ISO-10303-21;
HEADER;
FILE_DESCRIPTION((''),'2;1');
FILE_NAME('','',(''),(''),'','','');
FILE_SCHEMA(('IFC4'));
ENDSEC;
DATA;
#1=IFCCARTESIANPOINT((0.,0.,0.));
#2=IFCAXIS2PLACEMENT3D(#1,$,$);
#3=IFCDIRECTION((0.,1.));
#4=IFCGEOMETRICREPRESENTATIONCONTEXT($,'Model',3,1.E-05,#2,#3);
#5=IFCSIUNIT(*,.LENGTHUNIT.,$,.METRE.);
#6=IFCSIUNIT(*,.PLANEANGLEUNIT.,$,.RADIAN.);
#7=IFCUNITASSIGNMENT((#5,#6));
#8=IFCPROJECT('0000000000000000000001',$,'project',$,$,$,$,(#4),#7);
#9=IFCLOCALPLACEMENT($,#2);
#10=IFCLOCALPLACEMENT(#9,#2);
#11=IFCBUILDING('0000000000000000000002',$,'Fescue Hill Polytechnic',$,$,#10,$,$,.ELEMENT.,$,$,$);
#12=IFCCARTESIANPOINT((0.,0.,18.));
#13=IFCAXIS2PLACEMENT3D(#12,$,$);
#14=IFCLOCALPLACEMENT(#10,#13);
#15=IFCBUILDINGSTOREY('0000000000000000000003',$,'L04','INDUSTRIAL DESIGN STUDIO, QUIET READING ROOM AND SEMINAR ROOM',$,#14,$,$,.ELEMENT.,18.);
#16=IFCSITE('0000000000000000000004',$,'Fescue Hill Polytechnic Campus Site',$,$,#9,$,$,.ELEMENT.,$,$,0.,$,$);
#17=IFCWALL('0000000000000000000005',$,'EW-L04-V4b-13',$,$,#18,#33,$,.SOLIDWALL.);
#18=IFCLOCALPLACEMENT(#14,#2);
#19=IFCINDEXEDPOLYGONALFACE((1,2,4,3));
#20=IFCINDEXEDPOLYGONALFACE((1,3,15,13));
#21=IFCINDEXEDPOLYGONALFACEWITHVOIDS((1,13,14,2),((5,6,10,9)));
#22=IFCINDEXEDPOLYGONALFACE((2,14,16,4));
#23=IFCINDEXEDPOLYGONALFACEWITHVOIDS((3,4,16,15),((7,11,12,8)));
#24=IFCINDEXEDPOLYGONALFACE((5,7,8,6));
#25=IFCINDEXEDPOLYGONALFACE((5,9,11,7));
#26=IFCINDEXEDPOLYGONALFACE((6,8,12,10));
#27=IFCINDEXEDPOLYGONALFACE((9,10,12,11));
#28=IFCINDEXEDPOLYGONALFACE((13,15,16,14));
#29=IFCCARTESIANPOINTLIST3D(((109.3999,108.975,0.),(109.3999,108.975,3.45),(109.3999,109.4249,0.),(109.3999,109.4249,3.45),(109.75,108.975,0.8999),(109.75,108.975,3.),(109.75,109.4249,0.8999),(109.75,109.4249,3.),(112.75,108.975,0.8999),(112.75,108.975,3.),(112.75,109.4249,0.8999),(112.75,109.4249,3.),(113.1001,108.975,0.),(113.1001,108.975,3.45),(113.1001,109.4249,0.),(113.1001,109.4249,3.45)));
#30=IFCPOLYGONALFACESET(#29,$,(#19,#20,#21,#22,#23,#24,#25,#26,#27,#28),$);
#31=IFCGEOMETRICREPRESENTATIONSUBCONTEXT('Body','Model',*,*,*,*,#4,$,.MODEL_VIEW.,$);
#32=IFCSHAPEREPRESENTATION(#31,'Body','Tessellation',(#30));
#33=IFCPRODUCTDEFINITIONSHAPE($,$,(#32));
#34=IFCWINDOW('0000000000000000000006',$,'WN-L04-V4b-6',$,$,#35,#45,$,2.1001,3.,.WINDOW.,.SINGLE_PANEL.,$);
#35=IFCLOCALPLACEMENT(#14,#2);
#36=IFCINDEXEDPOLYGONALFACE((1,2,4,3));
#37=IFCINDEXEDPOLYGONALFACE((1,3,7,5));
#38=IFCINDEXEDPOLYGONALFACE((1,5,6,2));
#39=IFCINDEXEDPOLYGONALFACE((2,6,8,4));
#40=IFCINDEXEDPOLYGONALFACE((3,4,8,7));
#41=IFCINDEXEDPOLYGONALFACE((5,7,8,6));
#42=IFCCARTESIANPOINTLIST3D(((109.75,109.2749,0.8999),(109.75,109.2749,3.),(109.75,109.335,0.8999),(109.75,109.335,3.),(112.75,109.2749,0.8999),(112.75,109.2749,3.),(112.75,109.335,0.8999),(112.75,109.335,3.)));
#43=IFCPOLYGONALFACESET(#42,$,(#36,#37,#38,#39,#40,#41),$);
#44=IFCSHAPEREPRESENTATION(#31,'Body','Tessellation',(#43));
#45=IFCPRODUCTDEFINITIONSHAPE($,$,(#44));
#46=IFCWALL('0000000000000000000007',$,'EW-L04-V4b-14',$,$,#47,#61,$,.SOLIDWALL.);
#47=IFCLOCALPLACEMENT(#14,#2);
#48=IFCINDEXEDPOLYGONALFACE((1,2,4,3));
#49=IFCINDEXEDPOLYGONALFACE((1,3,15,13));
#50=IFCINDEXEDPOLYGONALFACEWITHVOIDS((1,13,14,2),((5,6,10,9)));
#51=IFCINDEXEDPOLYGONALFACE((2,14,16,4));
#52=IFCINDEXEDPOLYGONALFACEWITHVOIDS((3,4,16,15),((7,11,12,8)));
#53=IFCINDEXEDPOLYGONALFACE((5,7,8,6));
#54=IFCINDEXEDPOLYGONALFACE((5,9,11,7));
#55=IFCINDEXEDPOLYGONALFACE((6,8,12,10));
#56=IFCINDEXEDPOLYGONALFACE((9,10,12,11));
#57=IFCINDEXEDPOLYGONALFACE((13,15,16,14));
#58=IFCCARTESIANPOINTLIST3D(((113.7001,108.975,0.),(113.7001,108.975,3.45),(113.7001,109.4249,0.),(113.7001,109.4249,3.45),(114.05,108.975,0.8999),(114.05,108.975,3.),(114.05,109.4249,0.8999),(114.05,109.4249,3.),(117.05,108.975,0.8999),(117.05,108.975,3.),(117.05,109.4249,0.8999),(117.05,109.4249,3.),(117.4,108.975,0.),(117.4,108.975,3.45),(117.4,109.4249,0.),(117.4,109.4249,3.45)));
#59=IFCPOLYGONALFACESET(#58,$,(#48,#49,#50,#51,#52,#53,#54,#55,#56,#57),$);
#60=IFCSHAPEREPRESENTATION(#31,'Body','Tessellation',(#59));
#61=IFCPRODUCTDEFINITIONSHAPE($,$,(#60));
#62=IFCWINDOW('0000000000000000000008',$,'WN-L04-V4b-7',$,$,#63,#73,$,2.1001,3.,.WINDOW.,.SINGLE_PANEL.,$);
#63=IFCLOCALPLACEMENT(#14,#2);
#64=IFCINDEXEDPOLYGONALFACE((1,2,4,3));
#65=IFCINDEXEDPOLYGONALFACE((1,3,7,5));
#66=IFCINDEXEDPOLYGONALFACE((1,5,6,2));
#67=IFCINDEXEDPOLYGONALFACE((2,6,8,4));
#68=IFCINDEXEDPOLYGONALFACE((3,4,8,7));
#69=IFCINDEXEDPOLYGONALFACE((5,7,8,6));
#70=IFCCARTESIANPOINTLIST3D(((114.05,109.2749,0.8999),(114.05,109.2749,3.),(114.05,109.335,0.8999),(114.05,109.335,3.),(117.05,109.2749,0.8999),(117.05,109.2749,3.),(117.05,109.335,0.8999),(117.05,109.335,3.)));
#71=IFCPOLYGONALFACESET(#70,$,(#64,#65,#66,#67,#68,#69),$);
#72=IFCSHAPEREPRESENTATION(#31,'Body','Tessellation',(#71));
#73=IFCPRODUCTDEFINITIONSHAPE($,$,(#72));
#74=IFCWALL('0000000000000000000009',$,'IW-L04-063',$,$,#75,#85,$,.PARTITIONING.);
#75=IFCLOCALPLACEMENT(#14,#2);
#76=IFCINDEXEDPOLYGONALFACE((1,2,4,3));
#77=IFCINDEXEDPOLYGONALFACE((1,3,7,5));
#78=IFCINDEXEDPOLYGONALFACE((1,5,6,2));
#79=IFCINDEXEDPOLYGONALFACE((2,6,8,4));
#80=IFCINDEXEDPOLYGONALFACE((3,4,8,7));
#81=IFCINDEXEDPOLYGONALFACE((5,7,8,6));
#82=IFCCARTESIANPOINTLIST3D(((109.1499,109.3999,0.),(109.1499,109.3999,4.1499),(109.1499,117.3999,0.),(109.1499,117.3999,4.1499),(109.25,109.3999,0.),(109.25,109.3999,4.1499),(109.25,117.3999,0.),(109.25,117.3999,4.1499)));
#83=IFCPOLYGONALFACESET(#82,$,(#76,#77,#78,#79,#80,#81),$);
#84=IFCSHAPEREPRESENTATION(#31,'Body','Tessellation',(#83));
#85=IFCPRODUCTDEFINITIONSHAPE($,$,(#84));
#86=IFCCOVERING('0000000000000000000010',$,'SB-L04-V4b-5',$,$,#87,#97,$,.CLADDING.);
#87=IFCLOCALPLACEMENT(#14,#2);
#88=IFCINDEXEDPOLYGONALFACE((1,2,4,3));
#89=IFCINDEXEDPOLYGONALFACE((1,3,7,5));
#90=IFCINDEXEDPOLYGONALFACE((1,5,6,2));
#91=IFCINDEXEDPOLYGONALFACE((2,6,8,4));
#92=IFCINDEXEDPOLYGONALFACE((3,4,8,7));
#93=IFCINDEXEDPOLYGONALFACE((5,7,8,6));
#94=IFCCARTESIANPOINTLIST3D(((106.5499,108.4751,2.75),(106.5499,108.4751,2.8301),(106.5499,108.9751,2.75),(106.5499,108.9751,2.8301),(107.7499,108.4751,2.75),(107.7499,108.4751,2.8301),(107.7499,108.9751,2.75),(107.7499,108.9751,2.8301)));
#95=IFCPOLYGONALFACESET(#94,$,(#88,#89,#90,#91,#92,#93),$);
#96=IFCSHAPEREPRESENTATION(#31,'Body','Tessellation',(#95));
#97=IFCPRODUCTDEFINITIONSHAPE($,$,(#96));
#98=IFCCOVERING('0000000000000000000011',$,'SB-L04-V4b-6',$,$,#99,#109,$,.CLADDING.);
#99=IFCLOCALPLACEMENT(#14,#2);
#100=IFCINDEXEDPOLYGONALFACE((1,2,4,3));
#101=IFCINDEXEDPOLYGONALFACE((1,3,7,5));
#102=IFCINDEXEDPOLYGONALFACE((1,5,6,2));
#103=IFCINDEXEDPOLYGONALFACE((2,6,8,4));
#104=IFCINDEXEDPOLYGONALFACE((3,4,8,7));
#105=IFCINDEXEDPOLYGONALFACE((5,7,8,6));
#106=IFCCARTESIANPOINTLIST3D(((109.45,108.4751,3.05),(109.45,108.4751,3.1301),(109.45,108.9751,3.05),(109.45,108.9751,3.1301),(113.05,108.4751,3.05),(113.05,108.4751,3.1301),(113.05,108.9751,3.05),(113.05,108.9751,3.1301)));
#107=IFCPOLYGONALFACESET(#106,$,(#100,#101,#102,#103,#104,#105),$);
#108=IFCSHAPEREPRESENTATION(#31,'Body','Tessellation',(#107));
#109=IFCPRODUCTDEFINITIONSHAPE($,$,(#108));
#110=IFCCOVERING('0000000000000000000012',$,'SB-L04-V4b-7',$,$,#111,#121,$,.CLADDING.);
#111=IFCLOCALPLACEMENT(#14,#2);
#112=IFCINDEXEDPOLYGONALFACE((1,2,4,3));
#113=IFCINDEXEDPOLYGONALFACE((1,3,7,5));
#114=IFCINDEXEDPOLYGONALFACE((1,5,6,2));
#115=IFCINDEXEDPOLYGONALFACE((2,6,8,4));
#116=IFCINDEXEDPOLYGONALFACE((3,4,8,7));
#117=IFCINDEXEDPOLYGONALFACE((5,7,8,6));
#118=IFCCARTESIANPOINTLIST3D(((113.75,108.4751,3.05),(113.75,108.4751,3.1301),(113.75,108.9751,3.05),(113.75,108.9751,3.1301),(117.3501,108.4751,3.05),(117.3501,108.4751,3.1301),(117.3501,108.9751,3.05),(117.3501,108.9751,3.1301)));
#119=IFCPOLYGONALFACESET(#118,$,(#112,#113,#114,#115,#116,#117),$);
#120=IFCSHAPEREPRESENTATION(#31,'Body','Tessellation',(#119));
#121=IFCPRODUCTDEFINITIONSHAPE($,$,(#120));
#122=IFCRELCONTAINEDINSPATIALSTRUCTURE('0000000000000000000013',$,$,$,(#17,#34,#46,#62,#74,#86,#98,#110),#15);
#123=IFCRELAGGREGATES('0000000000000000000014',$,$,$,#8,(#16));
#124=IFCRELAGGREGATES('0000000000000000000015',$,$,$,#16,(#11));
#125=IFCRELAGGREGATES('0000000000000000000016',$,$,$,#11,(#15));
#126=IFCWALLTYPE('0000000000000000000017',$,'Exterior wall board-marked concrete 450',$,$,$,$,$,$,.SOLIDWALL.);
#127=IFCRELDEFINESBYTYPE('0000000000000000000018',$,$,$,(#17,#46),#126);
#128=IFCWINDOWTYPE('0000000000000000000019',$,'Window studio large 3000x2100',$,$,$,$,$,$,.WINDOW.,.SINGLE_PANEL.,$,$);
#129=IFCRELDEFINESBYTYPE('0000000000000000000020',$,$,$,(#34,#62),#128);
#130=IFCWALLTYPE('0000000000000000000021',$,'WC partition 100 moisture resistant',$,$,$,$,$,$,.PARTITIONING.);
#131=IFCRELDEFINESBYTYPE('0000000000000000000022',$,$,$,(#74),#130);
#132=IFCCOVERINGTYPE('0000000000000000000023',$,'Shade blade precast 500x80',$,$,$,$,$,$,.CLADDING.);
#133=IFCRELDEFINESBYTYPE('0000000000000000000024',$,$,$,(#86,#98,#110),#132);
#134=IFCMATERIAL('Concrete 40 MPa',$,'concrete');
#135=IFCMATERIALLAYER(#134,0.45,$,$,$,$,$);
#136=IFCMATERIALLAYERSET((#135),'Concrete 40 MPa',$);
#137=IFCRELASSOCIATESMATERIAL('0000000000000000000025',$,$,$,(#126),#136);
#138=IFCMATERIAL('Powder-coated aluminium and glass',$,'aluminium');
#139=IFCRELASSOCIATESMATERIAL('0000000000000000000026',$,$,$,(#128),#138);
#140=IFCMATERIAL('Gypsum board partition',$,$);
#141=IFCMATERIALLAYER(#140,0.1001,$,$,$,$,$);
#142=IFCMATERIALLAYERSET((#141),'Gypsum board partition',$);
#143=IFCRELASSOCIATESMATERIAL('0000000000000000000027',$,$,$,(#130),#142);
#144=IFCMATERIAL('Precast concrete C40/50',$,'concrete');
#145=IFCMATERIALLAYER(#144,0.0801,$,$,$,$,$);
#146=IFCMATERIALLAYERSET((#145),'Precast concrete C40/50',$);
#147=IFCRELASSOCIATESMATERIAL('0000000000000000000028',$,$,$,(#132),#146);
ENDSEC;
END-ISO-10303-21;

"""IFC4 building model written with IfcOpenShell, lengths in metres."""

from ifc_helpers import new_model, si_unit, direction, frame, frame_2d, origin, origin_2d, place, context, subcontext, project, spatial, rectangle, extrude, material, layer, layer_set, type_object, element, fill, save


model = new_model("IFC4")

# Units and contexts
model_context = context("Model", 3, precision=1e-05, world=origin(), true_north=direction((0.0, 1.0)))
body_context = subcontext(model_context, "Body", "Model", "MODEL_VIEW")
ifc_project = project(units=[si_unit("LENGTHUNIT", "METRE"), si_unit("PLANEANGLEUNIT", "RADIAN")], contexts=[model_context])

# Site, building, storey
site_placement = place(None, origin())
site = spatial("IfcSite", under=ifc_project, at=site_placement, Name="Fescue Hill Polytechnic Campus Site", CompositionType="ELEMENT", RefElevation=0.0)
building_placement = place(site_placement, origin())
building = spatial("IfcBuilding", under=site, at=building_placement, Name="Fescue Hill Polytechnic", CompositionType="ELEMENT")
storey_placement = place(building_placement, frame((0.0, 0.0, 18.0)))
storey = spatial("IfcBuildingStorey", under=building, at=storey_placement, Name="L04", Description="INDUSTRIAL DESIGN STUDIO, QUIET READING ROOM AND SEMINAR ROOM", CompositionType="ELEMENT", Elevation=18.0)

# Shared definitions
ifc_material_1 = material(Name="Concrete 40 MPa", Category="concrete")

# Walls, openings, windows
ifc_layer_1 = layer(ifc_material_1, 0.45)
ifc_layer_set_1 = layer_set([ifc_layer_1], Name="Concrete 40 MPa")
wall_type_1 = type_object("IfcWallType", Name="Exterior wall board-marked concrete 450", PredefinedType="SOLIDWALL", material=ifc_layer_set_1)
wall_1_placement = place(storey_placement, frame((109.3999, 109.2, 0.0), z_axis=(0.0, 0.0, 1.0), x_axis=(1.0, 0.0, 0.0)))
wall_1 = element("IfcWall", 1, at=wall_1_placement, inside=storey, type_object=wall_type_1, Name="EW-L04-V4b-13", PredefinedType="SOLIDWALL", context=body_context, shape_type="SweptSolid", body=[
    extrude(rectangle(XDim=3.7002, YDim=0.45, at=frame_2d((1.8501, 0.0))), origin(), (0.0, 0.0, 1.0), 3.45),
])
opening_1_placement = place(wall_1_placement, frame((0.3501, 0.0, 0.8999)))
opening_1 = element("IfcOpeningElement", 2, at=opening_1_placement, cuts=wall_1, PredefinedType="OPENING", context=body_context, shape_type="SweptSolid", body=[
    extrude(rectangle(XDim=3.0, YDim=2.1001, at=frame_2d((1.5, 1.05))), frame((0.0, 0.2349, 0.0), z_axis=(0.0, -1.0, 0.0), x_axis=(1.0, 0.0, 0.0)), (0.0, 0.0, 1.0), 0.47),
])
ifc_material_2 = material(Name="Powder-coated aluminium and glass", Category="aluminium")
window_type = type_object("IfcWindowType", Name="Window studio large 3000x2100", PartitioningType="SINGLE_PANEL", PredefinedType="WINDOW", material=ifc_material_2)
window_1_placement = place(opening_1_placement, origin())
window_1 = element("IfcWindow", 3, at=window_1_placement, inside=storey, type_object=window_type, Name="WN-L04-V4b-6", OverallHeight=2.1001, OverallWidth=3.0, PartitioningType="SINGLE_PANEL", PredefinedType="WINDOW", context=body_context, shape_type="SweptSolid", body=[
    extrude(rectangle(XDim=3.0, YDim=2.1001, at=frame_2d((1.5, 1.05))), frame((0.0, 0.135, 0.0), z_axis=(0.0, -1.0, 0.0), x_axis=(1.0, 0.0, 0.0)), (0.0, 0.0, 1.0), 0.0601),
])
fill(opening_1, window_1)
wall_2_placement = place(storey_placement, frame((113.7, 109.2, 0.0), z_axis=(0.0, 0.0, 1.0), x_axis=(1.0, 0.0, 0.0)))
wall_2 = element("IfcWall", 4, at=wall_2_placement, inside=storey, type_object=wall_type_1, Name="EW-L04-V4b-14", PredefinedType="SOLIDWALL", context=body_context, shape_type="SweptSolid", body=[
    extrude(rectangle(XDim=3.7, YDim=0.45, at=frame_2d((1.8501, 0.0))), origin(), (0.0, 0.0, 1.0), 3.45),
])
opening_2_placement = place(wall_2_placement, frame((0.3501, 0.0, 0.8999)))
opening_2 = element("IfcOpeningElement", 5, at=opening_2_placement, cuts=wall_2, PredefinedType="OPENING", context=body_context, shape_type="SweptSolid", body=[
    extrude(rectangle(XDim=3.0, YDim=2.1001, at=frame_2d((1.5, 1.05))), frame((0.0, 0.2349, 0.0), z_axis=(0.0, -1.0, 0.0), x_axis=(1.0, 0.0, 0.0)), (0.0, 0.0, 1.0), 0.47),
])
window_2_placement = place(opening_2_placement, origin())
window_2 = element("IfcWindow", 6, at=window_2_placement, inside=storey, type_object=window_type, Name="WN-L04-V4b-7", OverallHeight=2.1001, OverallWidth=3.0, PartitioningType="SINGLE_PANEL", PredefinedType="WINDOW", context=body_context, shape_type="SweptSolid", body=[
    extrude(rectangle(XDim=3.0, YDim=2.1001, at=frame_2d((1.5, 1.05))), frame((0.0, 0.135, 0.0), z_axis=(0.0, -1.0, 0.0), x_axis=(1.0, 0.0, 0.0)), (0.0, 0.0, 1.0), 0.0601),
])
fill(opening_2, window_2)

# Wall
ifc_material_3 = material(Name="Gypsum board partition")
ifc_layer_2 = layer(ifc_material_3, 0.1001)
ifc_layer_set_2 = layer_set([ifc_layer_2], Name="Gypsum board partition")
wall_type_2 = type_object("IfcWallType", Name="WC partition 100 moisture resistant", PredefinedType="PARTITIONING", material=ifc_layer_set_2)
wall_3_placement = place(storey_placement, frame((109.2, 109.3999, 0.0), z_axis=(0.0, 0.0, 1.0), x_axis=(0.0, 1.0, 0.0)))
element("IfcWall", 7, at=wall_3_placement, inside=storey, type_object=wall_type_2, Name="IW-L04-063", PredefinedType="PARTITIONING", context=body_context, shape_type="SweptSolid", body=[
    extrude(rectangle(XDim=8.0, YDim=0.1001, at=frame_2d((4.0, 0.0))), origin(), (0.0, 0.0, 1.0), 4.1499),
])

# Coverings
ifc_material_4 = material(Name="Precast concrete C40/50", Category="concrete")
ifc_layer_3 = layer(ifc_material_4, 0.0801)
ifc_layer_set_3 = layer_set([ifc_layer_3], Name="Precast concrete C40/50")
covering_type = type_object("IfcCoveringType", Name="Shade blade precast 500x80", PredefinedType="CLADDING", material=ifc_layer_set_3)
covering_placement = place(storey_placement, frame((107.1499, 108.7251, 2.75), z_axis=(0.0, 0.0, 1.0), x_axis=(1.0, 0.0, 0.0)))
element("IfcCovering", 8, at=covering_placement, inside=storey, type_object=covering_type, Name="SB-L04-V4b-5", PredefinedType="CLADDING", context=body_context, shape_type="SweptSolid", body=[
    extrude(rectangle(XDim=1.2, YDim=0.5, at=origin_2d()), origin(), (0.0, 0.0, 1.0), 0.0801),
])
for number, where, z_axis, x_axis, name in (
    (9, (111.25, 108.7251, 3.05), (0.0, 0.0, 1.0), (1.0, 0.0, 0.0), "SB-L04-V4b-6"),
    (10, (115.55, 108.7251, 3.05), (0.0, 0.0, 1.0), (1.0, 0.0, 0.0), "SB-L04-V4b-7"),
):
    element("IfcCovering", number, at=place(storey_placement, frame(where, z_axis=z_axis, x_axis=x_axis)), inside=storey, type_object=covering_type, Name=name, PredefinedType="CLADDING", context=body_context, shape_type="SweptSolid", body=[
        extrude(rectangle(XDim=3.6001, YDim=0.5, at=origin_2d()), origin(), (0.0, 0.0, 1.0), 0.0801),
    ])

save(model, "model.ifc")
